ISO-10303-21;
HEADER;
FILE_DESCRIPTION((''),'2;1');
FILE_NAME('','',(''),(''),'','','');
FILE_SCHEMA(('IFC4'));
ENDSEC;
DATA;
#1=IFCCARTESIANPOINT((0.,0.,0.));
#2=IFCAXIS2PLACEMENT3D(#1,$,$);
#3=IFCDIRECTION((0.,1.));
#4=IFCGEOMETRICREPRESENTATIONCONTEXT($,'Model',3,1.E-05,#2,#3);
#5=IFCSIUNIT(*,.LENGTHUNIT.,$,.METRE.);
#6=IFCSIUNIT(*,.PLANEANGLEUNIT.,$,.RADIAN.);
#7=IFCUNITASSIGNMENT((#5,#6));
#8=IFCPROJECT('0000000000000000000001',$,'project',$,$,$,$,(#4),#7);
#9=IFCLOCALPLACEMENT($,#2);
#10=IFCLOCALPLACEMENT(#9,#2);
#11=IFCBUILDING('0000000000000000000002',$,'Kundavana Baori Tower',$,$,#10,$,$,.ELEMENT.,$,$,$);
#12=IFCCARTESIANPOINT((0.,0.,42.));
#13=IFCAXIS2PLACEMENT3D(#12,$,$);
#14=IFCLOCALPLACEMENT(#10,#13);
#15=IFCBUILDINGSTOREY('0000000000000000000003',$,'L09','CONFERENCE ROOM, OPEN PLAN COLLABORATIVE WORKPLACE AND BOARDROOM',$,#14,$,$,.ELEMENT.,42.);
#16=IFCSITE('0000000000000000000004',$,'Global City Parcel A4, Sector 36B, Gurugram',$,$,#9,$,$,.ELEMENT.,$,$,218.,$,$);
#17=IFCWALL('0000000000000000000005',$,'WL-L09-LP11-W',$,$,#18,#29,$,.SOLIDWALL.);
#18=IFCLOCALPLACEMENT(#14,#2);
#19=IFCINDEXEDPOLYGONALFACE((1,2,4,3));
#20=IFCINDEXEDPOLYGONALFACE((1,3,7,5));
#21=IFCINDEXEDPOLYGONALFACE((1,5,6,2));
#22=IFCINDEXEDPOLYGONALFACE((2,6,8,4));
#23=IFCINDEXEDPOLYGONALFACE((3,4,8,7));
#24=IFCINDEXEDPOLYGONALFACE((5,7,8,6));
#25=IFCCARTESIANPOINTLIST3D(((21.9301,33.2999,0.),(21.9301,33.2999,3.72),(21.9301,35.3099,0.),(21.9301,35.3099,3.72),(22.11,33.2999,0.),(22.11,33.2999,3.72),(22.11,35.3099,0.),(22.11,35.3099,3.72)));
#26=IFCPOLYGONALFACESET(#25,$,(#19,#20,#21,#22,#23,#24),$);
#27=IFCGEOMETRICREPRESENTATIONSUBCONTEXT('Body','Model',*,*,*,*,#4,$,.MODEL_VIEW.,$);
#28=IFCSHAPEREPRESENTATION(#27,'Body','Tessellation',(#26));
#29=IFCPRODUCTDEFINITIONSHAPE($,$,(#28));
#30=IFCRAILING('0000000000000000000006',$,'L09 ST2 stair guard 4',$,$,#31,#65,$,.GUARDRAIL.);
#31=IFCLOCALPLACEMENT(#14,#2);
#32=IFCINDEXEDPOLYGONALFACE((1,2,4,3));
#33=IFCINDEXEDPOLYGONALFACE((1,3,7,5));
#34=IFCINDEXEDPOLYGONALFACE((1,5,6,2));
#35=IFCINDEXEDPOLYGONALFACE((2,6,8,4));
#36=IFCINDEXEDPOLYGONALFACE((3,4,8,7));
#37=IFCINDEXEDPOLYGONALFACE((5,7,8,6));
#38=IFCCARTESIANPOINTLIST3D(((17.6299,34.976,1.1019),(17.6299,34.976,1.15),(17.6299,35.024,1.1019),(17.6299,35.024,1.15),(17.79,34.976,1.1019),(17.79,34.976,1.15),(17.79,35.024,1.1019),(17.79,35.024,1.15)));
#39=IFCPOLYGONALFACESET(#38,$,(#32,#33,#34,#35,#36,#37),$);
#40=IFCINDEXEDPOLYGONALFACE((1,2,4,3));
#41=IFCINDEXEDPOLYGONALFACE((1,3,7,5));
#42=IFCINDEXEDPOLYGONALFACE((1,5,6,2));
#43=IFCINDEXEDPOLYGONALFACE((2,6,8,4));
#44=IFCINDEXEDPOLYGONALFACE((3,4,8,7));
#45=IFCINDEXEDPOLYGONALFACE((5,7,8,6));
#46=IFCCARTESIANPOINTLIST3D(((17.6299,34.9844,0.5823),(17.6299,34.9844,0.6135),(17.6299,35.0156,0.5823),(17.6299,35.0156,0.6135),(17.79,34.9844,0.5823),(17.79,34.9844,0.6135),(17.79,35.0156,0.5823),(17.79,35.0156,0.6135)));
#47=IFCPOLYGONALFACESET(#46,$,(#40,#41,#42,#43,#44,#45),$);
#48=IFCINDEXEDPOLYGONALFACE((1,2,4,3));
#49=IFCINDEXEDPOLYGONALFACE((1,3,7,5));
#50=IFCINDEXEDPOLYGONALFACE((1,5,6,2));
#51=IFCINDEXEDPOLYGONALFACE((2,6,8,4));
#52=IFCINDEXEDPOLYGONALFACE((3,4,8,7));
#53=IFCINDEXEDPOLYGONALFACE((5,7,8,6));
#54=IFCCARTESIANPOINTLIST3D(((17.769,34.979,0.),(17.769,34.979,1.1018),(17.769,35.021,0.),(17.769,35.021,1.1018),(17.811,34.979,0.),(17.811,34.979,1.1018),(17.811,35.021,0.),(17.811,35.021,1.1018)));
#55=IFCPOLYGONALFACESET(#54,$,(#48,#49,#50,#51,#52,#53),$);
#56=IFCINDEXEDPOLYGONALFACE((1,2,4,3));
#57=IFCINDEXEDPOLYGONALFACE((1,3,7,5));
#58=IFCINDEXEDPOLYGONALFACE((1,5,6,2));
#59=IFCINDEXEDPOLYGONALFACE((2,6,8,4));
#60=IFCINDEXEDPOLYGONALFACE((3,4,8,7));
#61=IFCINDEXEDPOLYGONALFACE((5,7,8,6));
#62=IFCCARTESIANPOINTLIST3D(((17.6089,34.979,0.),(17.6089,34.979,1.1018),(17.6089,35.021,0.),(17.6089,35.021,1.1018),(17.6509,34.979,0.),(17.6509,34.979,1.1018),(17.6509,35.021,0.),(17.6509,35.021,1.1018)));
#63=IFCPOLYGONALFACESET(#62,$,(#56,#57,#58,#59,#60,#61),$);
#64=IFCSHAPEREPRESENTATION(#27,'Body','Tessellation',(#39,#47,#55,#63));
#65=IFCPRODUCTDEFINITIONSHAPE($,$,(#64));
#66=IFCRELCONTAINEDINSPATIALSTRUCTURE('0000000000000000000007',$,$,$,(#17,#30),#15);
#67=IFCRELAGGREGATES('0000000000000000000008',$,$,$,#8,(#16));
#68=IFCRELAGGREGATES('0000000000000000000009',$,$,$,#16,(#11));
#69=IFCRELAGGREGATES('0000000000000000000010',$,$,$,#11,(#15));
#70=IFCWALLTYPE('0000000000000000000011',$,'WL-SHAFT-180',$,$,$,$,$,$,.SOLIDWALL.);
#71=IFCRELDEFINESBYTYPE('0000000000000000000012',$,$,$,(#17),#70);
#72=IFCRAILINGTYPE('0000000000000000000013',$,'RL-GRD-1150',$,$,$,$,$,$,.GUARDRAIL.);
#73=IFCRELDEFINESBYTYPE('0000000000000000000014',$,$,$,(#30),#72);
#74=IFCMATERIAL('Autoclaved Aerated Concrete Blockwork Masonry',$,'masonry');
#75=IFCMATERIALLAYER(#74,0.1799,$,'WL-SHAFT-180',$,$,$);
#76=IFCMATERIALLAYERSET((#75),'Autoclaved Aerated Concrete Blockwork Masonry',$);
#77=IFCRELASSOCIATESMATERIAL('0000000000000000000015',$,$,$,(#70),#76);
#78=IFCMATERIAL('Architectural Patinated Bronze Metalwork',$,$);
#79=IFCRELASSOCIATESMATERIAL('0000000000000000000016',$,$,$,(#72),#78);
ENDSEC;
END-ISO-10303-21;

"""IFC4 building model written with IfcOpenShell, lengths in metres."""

from ifc_helpers import new_model, si_unit, direction, frame, frame_2d, origin, origin_2d, place, context, subcontext, project, spatial, rectangle, extrude, material, layer, layer_set, type_object, element, save


model = new_model("IFC4")

# Units and contexts
model_context = context("Model", 3, precision=1e-05, world=origin(), true_north=direction((0.0, 1.0)))
body_context = subcontext(model_context, "Body", "Model", "MODEL_VIEW")
ifc_project = project(units=[si_unit("LENGTHUNIT", "METRE"), si_unit("PLANEANGLEUNIT", "RADIAN")], contexts=[model_context])

# Site, building, storey
site_placement = place(None, origin())
site = spatial("IfcSite", under=ifc_project, at=site_placement, Name="Global City Parcel A4, Sector 36B, Gurugram", CompositionType="ELEMENT", RefElevation=218.0)
building_placement = place(site_placement, origin())
building = spatial("IfcBuilding", under=site, at=building_placement, Name="Kundavana Baori Tower", CompositionType="ELEMENT")
storey_placement = place(building_placement, frame((0.0, 0.0, 42.0)))
storey = spatial("IfcBuildingStorey", under=building, at=storey_placement, Name="L09", Description="CONFERENCE ROOM, OPEN PLAN COLLABORATIVE WORKPLACE AND BOARDROOM", CompositionType="ELEMENT", Elevation=42.0)

# Shared definitions
ifc_material_1 = material(Name="Autoclaved Aerated Concrete Blockwork Masonry", Category="masonry")
ifc_layer_1 = layer(ifc_material_1, 0.1799, Name="WL-SHAFT-180")
ifc_layer_set_1 = layer_set([ifc_layer_1], Name="Autoclaved Aerated Concrete Blockwork Masonry")
wall_type_1 = type_object("IfcWallType", Name="WL-SHAFT-180", PredefinedType="SOLIDWALL", material=ifc_layer_set_1)

# Wall
wall_1_placement = place(storey_placement, frame((22.02, 33.3, 0.0), z_axis=(0.0, 0.0, 1.0), x_axis=(0.0, 1.0, 0.0)))
element("IfcWall", 1, at=wall_1_placement, inside=storey, type_object=wall_type_1, Name="WL-L09-LP11-W", PredefinedType="SOLIDWALL", context=body_context, shape_type="SweptSolid", body=[
    extrude(rectangle(XDim=2.01, YDim=0.1799, at=frame_2d((1.0049, 0.0))), origin(), (0.0, 0.0, 1.0), 3.72),
])

# Railing
ifc_material_2 = material(Name="Architectural Patinated Bronze Metalwork")
railing_type = type_object("IfcRailingType", Name="RL-GRD-1150", PredefinedType="GUARDRAIL", material=ifc_material_2)
railing_placement = place(storey_placement, frame((17.79, 35.0, 0.0)))
element("IfcRailing", 2, at=railing_placement, inside=storey, type_object=railing_type, Name="L09 ST2 stair guard 4", PredefinedType="GUARDRAIL", context=body_context, shape_type="SweptSolid", body=[
    extrude(rectangle(XDim=0.0481, YDim=0.0481, at=origin_2d()), frame((0.0, 0.0, 1.126), z_axis=(-1.0, 0.0, 0.0), x_axis=(0.0, -1.0, 0.0)), (0.0, 0.0, 1.0), 0.1602),
    extrude(rectangle(XDim=0.0312, YDim=0.0312, at=origin_2d()), frame((0.0, 0.0, 0.5979), z_axis=(-1.0, 0.0, 0.0), x_axis=(0.0, -1.0, 0.0)), (0.0, 0.0, 1.0), 0.1602),
    extrude(rectangle(XDim=0.042, YDim=0.042, at=origin_2d()), origin(), (0.0, 0.0, 1.0), 1.1018),
    extrude(rectangle(XDim=0.042, YDim=0.042, at=origin_2d()), frame((-0.1602, 0.0, 0.0)), (0.0, 0.0, 1.0), 1.1018),
])

save(model, "model.ifc")
